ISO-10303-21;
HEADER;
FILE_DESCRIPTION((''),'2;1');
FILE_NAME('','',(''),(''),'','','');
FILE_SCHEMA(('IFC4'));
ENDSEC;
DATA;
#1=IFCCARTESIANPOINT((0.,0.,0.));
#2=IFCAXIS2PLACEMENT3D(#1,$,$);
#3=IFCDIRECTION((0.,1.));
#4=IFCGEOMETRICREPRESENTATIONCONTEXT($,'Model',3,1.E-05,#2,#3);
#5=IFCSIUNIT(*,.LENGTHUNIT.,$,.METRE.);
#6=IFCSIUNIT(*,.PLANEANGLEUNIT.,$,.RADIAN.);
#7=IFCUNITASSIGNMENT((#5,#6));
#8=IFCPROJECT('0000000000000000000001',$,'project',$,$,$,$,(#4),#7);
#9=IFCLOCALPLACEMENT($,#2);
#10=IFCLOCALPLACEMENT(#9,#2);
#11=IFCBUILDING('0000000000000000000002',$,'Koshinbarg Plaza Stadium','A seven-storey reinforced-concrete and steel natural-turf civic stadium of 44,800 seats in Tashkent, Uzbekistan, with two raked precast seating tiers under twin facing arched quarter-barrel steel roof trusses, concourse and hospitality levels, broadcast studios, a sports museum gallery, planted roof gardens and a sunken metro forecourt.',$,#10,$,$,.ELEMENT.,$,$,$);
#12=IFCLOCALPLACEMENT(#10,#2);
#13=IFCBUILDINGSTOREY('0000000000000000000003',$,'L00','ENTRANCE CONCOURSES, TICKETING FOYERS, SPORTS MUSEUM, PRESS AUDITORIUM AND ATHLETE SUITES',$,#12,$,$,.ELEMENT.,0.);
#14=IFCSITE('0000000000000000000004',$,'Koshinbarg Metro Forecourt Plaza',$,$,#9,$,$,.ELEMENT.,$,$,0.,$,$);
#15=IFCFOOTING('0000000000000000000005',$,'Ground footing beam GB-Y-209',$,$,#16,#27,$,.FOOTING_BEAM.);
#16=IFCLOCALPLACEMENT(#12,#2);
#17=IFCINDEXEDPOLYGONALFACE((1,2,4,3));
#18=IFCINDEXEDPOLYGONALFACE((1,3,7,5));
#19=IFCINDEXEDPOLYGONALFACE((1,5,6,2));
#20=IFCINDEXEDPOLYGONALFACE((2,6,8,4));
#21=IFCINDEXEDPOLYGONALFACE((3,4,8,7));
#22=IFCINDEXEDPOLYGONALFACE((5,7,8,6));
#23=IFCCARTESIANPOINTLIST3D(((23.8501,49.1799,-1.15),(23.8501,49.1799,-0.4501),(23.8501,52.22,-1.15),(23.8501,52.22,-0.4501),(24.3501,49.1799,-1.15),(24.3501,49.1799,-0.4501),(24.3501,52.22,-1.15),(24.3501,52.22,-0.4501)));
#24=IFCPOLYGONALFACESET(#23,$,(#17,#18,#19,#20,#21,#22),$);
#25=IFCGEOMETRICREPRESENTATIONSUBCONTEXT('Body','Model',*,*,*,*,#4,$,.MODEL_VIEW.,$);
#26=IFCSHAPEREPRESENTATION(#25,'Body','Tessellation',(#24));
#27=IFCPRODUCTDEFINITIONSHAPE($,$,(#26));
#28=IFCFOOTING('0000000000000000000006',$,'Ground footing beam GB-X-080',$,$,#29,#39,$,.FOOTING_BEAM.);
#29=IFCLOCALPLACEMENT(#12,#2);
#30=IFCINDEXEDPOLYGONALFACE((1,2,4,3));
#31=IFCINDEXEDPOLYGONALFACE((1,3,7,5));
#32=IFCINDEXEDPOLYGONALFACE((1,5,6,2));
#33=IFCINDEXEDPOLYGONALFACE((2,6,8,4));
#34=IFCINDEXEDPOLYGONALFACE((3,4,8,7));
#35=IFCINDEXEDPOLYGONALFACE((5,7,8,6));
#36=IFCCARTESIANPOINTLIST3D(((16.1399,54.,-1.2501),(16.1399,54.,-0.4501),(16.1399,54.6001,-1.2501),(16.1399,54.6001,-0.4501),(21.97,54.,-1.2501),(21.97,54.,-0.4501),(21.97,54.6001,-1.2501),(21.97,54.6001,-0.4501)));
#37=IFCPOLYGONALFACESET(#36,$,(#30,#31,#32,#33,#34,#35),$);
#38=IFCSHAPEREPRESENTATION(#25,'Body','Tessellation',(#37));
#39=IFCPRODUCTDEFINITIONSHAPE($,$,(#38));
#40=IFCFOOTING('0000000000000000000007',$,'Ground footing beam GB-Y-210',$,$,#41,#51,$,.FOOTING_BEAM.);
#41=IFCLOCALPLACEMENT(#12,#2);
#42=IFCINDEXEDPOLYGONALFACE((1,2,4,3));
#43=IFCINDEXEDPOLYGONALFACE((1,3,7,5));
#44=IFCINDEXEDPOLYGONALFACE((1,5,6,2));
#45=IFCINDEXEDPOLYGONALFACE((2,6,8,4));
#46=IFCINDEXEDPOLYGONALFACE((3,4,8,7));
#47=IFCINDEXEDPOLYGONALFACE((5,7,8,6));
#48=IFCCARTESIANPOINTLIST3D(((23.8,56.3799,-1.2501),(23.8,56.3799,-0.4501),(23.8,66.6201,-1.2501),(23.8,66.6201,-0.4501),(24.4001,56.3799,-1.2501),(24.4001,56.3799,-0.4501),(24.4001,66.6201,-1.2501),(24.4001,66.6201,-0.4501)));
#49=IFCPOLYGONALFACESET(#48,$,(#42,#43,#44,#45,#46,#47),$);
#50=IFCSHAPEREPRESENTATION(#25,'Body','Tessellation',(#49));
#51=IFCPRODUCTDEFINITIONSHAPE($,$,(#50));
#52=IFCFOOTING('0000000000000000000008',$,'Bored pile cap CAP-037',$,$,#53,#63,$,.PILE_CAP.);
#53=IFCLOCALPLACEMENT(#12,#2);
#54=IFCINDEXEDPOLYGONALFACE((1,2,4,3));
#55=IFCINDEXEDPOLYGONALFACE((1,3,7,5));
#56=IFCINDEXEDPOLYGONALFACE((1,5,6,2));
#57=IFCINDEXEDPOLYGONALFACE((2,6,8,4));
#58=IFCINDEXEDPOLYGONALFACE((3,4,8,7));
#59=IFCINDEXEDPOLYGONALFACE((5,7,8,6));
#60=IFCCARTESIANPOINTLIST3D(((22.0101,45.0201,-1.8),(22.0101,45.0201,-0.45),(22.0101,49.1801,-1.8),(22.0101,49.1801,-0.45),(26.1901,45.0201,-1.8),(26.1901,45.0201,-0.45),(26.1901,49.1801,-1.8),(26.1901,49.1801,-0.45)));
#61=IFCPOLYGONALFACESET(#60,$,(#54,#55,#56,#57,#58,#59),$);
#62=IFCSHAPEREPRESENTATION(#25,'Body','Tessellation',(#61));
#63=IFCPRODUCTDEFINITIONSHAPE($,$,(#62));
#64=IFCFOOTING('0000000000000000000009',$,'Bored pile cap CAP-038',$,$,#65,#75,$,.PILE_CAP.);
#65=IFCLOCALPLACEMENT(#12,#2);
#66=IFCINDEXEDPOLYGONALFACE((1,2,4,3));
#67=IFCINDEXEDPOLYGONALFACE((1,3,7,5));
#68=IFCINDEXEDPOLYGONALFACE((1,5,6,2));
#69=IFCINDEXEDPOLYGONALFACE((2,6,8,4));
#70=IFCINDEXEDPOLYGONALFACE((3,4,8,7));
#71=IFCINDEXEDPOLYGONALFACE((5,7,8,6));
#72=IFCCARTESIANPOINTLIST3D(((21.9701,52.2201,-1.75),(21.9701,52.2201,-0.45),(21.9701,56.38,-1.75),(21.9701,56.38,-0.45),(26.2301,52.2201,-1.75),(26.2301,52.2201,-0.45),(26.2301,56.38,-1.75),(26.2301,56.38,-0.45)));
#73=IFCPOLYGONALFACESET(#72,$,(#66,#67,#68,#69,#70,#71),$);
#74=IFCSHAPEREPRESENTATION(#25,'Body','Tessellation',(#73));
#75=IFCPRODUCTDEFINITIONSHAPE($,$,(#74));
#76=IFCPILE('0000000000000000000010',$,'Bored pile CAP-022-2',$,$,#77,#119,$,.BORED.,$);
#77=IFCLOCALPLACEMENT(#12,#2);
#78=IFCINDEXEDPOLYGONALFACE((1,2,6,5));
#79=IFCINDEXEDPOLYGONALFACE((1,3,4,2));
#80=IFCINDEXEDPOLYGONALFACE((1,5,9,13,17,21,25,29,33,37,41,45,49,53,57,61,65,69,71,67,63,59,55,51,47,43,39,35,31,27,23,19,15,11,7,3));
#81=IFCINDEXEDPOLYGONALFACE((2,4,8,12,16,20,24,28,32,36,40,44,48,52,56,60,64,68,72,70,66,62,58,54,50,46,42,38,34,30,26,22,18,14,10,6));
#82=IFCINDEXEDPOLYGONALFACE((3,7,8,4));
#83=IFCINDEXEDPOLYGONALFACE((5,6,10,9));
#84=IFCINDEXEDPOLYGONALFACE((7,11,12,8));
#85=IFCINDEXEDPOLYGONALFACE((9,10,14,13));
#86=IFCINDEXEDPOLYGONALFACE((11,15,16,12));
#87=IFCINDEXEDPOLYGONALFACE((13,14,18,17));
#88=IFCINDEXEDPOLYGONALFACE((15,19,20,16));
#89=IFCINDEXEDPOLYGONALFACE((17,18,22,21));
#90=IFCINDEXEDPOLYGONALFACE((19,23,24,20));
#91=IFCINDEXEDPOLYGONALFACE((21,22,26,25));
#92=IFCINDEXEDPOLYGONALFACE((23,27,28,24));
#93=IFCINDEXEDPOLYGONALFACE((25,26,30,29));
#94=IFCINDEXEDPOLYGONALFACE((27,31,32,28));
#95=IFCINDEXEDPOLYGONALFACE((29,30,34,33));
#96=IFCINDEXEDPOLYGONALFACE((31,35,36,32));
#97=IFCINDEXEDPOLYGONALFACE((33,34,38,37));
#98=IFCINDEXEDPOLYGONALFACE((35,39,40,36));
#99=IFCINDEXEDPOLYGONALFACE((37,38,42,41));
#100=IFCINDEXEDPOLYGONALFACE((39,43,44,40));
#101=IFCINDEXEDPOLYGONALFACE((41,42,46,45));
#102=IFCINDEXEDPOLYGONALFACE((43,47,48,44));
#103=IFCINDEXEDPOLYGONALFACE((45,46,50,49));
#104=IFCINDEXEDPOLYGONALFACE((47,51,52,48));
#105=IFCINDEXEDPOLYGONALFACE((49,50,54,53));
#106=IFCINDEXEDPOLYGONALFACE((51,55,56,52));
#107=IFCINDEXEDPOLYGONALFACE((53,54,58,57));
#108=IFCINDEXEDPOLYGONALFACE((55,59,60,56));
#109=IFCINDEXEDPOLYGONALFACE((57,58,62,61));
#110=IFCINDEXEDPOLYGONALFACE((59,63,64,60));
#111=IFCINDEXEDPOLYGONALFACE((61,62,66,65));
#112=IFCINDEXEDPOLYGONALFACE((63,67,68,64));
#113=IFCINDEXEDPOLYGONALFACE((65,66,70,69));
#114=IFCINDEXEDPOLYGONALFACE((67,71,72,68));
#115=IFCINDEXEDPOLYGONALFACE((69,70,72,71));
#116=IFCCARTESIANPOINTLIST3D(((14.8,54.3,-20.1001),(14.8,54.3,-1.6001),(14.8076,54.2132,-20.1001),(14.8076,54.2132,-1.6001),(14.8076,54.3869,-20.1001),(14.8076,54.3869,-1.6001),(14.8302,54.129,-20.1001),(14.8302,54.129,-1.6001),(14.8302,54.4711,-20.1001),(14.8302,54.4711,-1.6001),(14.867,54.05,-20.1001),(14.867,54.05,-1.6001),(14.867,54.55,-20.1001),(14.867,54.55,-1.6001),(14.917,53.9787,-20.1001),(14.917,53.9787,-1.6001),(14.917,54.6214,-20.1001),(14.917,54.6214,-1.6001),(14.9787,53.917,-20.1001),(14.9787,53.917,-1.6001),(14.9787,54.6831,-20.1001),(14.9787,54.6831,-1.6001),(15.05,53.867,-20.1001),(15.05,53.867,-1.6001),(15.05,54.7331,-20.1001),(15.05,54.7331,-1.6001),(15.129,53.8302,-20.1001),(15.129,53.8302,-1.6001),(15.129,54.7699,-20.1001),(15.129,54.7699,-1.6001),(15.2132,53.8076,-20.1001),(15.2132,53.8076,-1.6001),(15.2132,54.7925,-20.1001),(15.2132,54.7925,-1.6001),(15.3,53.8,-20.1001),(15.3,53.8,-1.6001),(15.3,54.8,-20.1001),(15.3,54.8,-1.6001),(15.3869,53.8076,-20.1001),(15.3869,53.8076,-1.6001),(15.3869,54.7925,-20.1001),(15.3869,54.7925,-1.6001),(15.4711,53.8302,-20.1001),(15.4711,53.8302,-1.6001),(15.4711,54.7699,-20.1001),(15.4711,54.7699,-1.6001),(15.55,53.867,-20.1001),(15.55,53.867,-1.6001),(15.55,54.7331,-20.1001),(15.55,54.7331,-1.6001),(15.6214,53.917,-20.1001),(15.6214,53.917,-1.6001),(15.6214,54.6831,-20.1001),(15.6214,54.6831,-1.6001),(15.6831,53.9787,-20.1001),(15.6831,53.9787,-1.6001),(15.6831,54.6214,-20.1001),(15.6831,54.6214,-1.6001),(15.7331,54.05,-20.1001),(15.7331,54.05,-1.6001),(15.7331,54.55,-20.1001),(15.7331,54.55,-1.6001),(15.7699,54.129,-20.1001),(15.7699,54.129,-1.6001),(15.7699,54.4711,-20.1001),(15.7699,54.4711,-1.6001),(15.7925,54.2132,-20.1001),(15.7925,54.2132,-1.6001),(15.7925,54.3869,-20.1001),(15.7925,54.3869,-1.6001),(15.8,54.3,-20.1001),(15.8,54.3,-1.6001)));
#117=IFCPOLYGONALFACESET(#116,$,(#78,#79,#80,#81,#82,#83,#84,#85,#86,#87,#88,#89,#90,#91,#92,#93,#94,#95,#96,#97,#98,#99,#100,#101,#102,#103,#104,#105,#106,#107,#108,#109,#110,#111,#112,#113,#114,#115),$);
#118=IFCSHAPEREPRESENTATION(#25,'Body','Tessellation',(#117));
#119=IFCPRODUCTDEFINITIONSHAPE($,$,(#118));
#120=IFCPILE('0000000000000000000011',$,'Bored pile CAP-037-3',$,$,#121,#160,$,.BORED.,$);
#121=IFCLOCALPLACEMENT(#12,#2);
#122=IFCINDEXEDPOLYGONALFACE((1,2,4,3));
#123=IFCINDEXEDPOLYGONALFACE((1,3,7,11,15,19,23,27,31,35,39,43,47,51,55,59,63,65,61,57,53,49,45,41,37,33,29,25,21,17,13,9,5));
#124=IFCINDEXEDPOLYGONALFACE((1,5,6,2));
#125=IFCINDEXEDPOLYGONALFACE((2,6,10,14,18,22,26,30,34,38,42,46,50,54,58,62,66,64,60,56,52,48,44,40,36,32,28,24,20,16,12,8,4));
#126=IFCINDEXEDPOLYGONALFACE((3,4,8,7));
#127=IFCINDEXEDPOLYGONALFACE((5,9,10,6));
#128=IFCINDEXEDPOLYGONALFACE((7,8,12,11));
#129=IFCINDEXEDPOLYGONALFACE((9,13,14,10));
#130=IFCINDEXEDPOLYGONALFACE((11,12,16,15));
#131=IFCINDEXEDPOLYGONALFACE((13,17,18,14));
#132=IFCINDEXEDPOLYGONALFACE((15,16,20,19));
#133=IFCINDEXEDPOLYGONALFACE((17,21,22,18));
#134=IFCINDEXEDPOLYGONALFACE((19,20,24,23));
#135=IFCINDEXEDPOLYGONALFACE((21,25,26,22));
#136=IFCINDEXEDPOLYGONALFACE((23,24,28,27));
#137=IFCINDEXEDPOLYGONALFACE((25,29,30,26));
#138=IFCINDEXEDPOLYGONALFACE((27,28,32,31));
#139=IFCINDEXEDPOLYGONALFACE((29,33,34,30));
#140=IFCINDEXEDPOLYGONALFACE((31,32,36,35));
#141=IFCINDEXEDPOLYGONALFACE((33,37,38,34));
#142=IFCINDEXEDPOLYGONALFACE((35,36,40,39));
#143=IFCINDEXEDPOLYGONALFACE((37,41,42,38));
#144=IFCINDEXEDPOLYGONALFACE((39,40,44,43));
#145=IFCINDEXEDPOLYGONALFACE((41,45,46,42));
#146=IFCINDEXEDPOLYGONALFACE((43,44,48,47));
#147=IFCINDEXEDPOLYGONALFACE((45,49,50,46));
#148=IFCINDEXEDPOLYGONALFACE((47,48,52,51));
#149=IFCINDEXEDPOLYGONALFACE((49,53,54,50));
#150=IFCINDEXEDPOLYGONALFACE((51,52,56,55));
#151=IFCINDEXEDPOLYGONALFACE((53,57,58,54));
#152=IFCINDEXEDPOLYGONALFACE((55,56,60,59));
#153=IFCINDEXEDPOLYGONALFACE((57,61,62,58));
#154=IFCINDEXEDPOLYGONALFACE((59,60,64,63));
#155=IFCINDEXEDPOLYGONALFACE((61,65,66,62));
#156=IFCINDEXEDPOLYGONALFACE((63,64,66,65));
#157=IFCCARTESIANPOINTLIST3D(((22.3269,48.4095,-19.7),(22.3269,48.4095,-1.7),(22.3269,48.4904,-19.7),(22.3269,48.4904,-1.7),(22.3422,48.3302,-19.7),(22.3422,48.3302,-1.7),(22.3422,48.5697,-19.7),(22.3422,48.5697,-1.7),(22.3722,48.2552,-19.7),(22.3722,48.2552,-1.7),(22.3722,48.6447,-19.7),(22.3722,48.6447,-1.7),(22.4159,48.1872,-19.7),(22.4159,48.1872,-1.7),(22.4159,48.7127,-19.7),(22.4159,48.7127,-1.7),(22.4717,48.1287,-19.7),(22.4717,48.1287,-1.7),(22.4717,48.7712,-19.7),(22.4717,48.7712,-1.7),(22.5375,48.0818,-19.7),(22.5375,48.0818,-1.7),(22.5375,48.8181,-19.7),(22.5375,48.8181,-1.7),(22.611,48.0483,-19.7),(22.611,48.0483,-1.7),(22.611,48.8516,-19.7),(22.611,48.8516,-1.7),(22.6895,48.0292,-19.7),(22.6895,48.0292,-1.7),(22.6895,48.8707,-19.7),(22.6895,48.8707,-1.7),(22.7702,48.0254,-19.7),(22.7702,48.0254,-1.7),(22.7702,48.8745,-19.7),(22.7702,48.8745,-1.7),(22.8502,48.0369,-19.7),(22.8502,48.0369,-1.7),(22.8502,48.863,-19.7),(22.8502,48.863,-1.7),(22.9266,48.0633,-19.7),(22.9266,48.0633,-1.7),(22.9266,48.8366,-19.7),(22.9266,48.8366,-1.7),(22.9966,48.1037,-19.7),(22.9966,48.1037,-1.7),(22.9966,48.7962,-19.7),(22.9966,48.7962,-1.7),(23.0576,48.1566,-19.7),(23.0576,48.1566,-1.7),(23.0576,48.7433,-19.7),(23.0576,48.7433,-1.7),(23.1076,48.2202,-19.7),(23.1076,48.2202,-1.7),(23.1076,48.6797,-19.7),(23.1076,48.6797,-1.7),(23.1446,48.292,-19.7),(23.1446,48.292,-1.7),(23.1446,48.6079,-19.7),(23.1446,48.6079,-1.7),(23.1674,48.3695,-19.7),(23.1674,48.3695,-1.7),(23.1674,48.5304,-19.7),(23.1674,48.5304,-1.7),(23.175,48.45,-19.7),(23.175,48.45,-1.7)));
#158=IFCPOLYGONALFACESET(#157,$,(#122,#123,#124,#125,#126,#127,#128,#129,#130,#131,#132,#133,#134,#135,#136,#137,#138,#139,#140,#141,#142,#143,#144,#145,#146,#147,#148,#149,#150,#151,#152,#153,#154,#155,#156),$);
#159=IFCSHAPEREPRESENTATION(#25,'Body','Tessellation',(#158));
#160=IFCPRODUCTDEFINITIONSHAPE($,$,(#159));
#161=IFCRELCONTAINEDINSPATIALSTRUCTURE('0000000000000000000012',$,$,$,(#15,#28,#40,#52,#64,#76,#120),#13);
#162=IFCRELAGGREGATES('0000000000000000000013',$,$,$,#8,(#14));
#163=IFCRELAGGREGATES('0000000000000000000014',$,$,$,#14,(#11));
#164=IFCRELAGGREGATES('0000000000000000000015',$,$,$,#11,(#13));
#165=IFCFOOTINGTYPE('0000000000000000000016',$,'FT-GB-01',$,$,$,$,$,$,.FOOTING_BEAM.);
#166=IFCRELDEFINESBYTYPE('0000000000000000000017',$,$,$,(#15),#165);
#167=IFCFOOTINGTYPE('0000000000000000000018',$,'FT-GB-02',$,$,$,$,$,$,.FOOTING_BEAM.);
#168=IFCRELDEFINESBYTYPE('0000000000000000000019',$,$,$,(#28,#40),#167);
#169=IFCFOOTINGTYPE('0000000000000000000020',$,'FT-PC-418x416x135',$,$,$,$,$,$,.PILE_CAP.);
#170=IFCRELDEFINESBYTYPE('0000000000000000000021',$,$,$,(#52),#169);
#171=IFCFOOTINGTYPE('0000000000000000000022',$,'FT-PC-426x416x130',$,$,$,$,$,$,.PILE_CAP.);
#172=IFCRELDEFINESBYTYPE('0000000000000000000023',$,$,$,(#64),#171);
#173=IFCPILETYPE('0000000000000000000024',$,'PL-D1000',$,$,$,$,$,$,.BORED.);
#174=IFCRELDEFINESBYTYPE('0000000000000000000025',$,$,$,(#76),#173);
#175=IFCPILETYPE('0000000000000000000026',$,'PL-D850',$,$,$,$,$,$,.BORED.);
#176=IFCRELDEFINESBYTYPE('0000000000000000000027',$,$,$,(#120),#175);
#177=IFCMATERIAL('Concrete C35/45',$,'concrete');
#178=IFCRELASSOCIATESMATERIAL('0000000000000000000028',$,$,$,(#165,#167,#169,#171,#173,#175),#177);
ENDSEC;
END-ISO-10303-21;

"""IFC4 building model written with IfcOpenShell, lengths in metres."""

from ifc_helpers import new_model, si_unit, direction, frame, origin, origin_2d, place, context, subcontext, project, spatial, rectangle, circle, extrude, material, material_profile, profile_set, type_object, element, save


model = new_model("IFC4")

# Units and contexts
model_context = context("Model", 3, precision=1e-05, world=origin(), true_north=direction((0.0, 1.0)))
body_context = subcontext(model_context, "Body", "Model", "MODEL_VIEW")
ifc_project = project(units=[si_unit("LENGTHUNIT", "METRE"), si_unit("PLANEANGLEUNIT", "RADIAN")], contexts=[model_context])

# Site, building, storey
site_placement = place(None, origin())
site = spatial("IfcSite", under=ifc_project, at=site_placement, Name="Koshinbarg Metro Forecourt Plaza", CompositionType="ELEMENT", RefElevation=0.0)
building_placement = place(site_placement, origin())
building = spatial("IfcBuilding", under=site, at=building_placement, Name="Koshinbarg Plaza Stadium", Description="A seven-storey reinforced-concrete and steel natural-turf civic stadium of 44,800 seats in Tashkent, Uzbekistan, with two raked precast seating tiers under twin facing arched quarter-barrel steel roof trusses, concourse and hospitality levels, broadcast studios, a sports museum gallery, planted roof gardens and a sunken metro forecourt.", CompositionType="ELEMENT")
storey_placement = place(building_placement, origin())
storey = spatial("IfcBuildingStorey", under=building, at=storey_placement, Name="L00", Description="ENTRANCE CONCOURSES, TICKETING FOYERS, SPORTS MUSEUM, PRESS AUDITORIUM AND ATHLETE SUITES", CompositionType="ELEMENT", Elevation=0.0)

# Footings
ifc_material_1 = material(Name="Concrete C35/45", Category="concrete")
ifc_material_profile_1 = material_profile(ifc_material_1, rectangle(XDim=0.5, YDim=0.7, at=origin_2d()), Name="GB 500x700")
ifc_profile_set_1 = profile_set([ifc_material_profile_1], Name="Concrete C35/45")
footing_type_1 = type_object("IfcFootingType", Name="FT-GB-01", PredefinedType="FOOTING_BEAM", material=ifc_profile_set_1)
footing_1_placement = place(storey_placement, frame((24.1001, 49.1799, -0.8), z_axis=(0.0, 1.0, 0.0), x_axis=(-1.0, 0.0, 0.0)))
element("IfcFooting", 1, at=footing_1_placement, inside=storey, type_object=footing_type_1, Name="Ground footing beam GB-Y-209", PredefinedType="FOOTING_BEAM", context=body_context, shape_type="SweptSolid", body=[
    extrude(rectangle(XDim=0.5, YDim=0.7, at=origin_2d()), origin(), (0.0, 0.0, 1.0), 3.04),
])
ifc_material_profile_2 = material_profile(ifc_material_1, rectangle(XDim=0.6001, YDim=0.8, at=origin_2d()), Name="GB 600x800")
ifc_profile_set_2 = profile_set([ifc_material_profile_2], Name="Concrete C35/45")
footing_type_2 = type_object("IfcFootingType", Name="FT-GB-02", PredefinedType="FOOTING_BEAM", material=ifc_profile_set_2)
footing_2_placement = place(storey_placement, frame((16.1399, 54.3, -0.8501), z_axis=(1.0, 0.0, 0.0), x_axis=(0.0, 1.0, 0.0)))
element("IfcFooting", 2, at=footing_2_placement, inside=storey, type_object=footing_type_2, Name="Ground footing beam GB-X-080", PredefinedType="FOOTING_BEAM", context=body_context, shape_type="SweptSolid", body=[
    extrude(rectangle(XDim=0.6001, YDim=0.8, at=origin_2d()), origin(), (0.0, 0.0, 1.0), 5.8301),
])
footing_3_placement = place(storey_placement, frame((24.1001, 56.3799, -0.8501), z_axis=(0.0, 1.0, 0.0), x_axis=(-1.0, 0.0, 0.0)))
element("IfcFooting", 3, at=footing_3_placement, inside=storey, type_object=footing_type_2, Name="Ground footing beam GB-Y-210", PredefinedType="FOOTING_BEAM", context=body_context, shape_type="SweptSolid", body=[
    extrude(rectangle(XDim=0.6001, YDim=0.8, at=origin_2d()), origin(), (0.0, 0.0, 1.0), 10.2402),
])
footing_type_3 = type_object("IfcFootingType", Name="FT-PC-418x416x135", PredefinedType="PILE_CAP", material=ifc_material_1)
footing_4_placement = place(storey_placement, frame((24.1001, 47.1001, -1.8), z_axis=(0.0, 0.0, 1.0), x_axis=(1.0, 0.0, 0.0)))
element("IfcFooting", 4, at=footing_4_placement, inside=storey, type_object=footing_type_3, Name="Bored pile cap CAP-037", PredefinedType="PILE_CAP", context=body_context, shape_type="SweptSolid", body=[
    extrude(rectangle(XDim=4.1799, YDim=4.1599, at=origin_2d()), origin(), (0.0, 0.0, 1.0), 1.3501),
])
footing_type_4 = type_object("IfcFootingType", Name="FT-PC-426x416x130", PredefinedType="PILE_CAP", material=ifc_material_1)
footing_5_placement = place(storey_placement, frame((24.1001, 54.3, -1.75), z_axis=(0.0, 0.0, 1.0), x_axis=(1.0, 0.0, 0.0)))
element("IfcFooting", 5, at=footing_5_placement, inside=storey, type_object=footing_type_4, Name="Bored pile cap CAP-038", PredefinedType="PILE_CAP", context=body_context, shape_type="SweptSolid", body=[
    extrude(rectangle(XDim=4.26, YDim=4.1599, at=origin_2d()), origin(), (0.0, 0.0, 1.0), 1.3),
])

# Piles
ifc_material_profile_3 = material_profile(ifc_material_1, circle(Radius=0.5, at=origin_2d()), Name="PILE D1000")
ifc_profile_set_3 = profile_set([ifc_material_profile_3], Name="Concrete C35/45")
pile_type_1 = type_object("IfcPileType", Name="PL-D1000", PredefinedType="BORED", material=ifc_profile_set_3)
pile_placement = place(storey_placement, frame((15.3, 54.3, -1.6001), z_axis=(0.0, 0.0, -1.0), x_axis=(1.0, 0.0, 0.0)))
element("IfcPile", 6, at=pile_placement, inside=storey, type_object=pile_type_1, Name="Bored pile CAP-022-2", PredefinedType="BORED", context=body_context, shape_type="SweptSolid", body=[
    extrude(circle(Radius=0.5, at=origin_2d()), origin(), (0.0, 0.0, 1.0), 18.5),
])
ifc_material_profile_4 = material_profile(ifc_material_1, circle(Radius=0.425, at=origin_2d()), Name="PILE D850")
ifc_profile_set_4 = profile_set([ifc_material_profile_4], Name="Concrete C35/45")
pile_type_2 = type_object("IfcPileType", Name="PL-D850", PredefinedType="BORED", material=ifc_profile_set_4)
for number, where, z_axis, x_axis, name in (
    (7, (22.75, 48.45, -1.7), (0.0, 0.0, -1.0), (1.0, 0.0, 0.0), "Bored pile CAP-037-3"),
):
    element("IfcPile", number, at=place(storey_placement, frame(where, z_axis=z_axis, x_axis=x_axis)), inside=storey, type_object=pile_type_2, Name=name, PredefinedType="BORED", context=body_context, shape_type="SweptSolid", body=[
        extrude(circle(Radius=0.425, at=origin_2d()), origin(), (0.0, 0.0, 1.0), 18.0),
    ])

save(model, "model.ifc")
